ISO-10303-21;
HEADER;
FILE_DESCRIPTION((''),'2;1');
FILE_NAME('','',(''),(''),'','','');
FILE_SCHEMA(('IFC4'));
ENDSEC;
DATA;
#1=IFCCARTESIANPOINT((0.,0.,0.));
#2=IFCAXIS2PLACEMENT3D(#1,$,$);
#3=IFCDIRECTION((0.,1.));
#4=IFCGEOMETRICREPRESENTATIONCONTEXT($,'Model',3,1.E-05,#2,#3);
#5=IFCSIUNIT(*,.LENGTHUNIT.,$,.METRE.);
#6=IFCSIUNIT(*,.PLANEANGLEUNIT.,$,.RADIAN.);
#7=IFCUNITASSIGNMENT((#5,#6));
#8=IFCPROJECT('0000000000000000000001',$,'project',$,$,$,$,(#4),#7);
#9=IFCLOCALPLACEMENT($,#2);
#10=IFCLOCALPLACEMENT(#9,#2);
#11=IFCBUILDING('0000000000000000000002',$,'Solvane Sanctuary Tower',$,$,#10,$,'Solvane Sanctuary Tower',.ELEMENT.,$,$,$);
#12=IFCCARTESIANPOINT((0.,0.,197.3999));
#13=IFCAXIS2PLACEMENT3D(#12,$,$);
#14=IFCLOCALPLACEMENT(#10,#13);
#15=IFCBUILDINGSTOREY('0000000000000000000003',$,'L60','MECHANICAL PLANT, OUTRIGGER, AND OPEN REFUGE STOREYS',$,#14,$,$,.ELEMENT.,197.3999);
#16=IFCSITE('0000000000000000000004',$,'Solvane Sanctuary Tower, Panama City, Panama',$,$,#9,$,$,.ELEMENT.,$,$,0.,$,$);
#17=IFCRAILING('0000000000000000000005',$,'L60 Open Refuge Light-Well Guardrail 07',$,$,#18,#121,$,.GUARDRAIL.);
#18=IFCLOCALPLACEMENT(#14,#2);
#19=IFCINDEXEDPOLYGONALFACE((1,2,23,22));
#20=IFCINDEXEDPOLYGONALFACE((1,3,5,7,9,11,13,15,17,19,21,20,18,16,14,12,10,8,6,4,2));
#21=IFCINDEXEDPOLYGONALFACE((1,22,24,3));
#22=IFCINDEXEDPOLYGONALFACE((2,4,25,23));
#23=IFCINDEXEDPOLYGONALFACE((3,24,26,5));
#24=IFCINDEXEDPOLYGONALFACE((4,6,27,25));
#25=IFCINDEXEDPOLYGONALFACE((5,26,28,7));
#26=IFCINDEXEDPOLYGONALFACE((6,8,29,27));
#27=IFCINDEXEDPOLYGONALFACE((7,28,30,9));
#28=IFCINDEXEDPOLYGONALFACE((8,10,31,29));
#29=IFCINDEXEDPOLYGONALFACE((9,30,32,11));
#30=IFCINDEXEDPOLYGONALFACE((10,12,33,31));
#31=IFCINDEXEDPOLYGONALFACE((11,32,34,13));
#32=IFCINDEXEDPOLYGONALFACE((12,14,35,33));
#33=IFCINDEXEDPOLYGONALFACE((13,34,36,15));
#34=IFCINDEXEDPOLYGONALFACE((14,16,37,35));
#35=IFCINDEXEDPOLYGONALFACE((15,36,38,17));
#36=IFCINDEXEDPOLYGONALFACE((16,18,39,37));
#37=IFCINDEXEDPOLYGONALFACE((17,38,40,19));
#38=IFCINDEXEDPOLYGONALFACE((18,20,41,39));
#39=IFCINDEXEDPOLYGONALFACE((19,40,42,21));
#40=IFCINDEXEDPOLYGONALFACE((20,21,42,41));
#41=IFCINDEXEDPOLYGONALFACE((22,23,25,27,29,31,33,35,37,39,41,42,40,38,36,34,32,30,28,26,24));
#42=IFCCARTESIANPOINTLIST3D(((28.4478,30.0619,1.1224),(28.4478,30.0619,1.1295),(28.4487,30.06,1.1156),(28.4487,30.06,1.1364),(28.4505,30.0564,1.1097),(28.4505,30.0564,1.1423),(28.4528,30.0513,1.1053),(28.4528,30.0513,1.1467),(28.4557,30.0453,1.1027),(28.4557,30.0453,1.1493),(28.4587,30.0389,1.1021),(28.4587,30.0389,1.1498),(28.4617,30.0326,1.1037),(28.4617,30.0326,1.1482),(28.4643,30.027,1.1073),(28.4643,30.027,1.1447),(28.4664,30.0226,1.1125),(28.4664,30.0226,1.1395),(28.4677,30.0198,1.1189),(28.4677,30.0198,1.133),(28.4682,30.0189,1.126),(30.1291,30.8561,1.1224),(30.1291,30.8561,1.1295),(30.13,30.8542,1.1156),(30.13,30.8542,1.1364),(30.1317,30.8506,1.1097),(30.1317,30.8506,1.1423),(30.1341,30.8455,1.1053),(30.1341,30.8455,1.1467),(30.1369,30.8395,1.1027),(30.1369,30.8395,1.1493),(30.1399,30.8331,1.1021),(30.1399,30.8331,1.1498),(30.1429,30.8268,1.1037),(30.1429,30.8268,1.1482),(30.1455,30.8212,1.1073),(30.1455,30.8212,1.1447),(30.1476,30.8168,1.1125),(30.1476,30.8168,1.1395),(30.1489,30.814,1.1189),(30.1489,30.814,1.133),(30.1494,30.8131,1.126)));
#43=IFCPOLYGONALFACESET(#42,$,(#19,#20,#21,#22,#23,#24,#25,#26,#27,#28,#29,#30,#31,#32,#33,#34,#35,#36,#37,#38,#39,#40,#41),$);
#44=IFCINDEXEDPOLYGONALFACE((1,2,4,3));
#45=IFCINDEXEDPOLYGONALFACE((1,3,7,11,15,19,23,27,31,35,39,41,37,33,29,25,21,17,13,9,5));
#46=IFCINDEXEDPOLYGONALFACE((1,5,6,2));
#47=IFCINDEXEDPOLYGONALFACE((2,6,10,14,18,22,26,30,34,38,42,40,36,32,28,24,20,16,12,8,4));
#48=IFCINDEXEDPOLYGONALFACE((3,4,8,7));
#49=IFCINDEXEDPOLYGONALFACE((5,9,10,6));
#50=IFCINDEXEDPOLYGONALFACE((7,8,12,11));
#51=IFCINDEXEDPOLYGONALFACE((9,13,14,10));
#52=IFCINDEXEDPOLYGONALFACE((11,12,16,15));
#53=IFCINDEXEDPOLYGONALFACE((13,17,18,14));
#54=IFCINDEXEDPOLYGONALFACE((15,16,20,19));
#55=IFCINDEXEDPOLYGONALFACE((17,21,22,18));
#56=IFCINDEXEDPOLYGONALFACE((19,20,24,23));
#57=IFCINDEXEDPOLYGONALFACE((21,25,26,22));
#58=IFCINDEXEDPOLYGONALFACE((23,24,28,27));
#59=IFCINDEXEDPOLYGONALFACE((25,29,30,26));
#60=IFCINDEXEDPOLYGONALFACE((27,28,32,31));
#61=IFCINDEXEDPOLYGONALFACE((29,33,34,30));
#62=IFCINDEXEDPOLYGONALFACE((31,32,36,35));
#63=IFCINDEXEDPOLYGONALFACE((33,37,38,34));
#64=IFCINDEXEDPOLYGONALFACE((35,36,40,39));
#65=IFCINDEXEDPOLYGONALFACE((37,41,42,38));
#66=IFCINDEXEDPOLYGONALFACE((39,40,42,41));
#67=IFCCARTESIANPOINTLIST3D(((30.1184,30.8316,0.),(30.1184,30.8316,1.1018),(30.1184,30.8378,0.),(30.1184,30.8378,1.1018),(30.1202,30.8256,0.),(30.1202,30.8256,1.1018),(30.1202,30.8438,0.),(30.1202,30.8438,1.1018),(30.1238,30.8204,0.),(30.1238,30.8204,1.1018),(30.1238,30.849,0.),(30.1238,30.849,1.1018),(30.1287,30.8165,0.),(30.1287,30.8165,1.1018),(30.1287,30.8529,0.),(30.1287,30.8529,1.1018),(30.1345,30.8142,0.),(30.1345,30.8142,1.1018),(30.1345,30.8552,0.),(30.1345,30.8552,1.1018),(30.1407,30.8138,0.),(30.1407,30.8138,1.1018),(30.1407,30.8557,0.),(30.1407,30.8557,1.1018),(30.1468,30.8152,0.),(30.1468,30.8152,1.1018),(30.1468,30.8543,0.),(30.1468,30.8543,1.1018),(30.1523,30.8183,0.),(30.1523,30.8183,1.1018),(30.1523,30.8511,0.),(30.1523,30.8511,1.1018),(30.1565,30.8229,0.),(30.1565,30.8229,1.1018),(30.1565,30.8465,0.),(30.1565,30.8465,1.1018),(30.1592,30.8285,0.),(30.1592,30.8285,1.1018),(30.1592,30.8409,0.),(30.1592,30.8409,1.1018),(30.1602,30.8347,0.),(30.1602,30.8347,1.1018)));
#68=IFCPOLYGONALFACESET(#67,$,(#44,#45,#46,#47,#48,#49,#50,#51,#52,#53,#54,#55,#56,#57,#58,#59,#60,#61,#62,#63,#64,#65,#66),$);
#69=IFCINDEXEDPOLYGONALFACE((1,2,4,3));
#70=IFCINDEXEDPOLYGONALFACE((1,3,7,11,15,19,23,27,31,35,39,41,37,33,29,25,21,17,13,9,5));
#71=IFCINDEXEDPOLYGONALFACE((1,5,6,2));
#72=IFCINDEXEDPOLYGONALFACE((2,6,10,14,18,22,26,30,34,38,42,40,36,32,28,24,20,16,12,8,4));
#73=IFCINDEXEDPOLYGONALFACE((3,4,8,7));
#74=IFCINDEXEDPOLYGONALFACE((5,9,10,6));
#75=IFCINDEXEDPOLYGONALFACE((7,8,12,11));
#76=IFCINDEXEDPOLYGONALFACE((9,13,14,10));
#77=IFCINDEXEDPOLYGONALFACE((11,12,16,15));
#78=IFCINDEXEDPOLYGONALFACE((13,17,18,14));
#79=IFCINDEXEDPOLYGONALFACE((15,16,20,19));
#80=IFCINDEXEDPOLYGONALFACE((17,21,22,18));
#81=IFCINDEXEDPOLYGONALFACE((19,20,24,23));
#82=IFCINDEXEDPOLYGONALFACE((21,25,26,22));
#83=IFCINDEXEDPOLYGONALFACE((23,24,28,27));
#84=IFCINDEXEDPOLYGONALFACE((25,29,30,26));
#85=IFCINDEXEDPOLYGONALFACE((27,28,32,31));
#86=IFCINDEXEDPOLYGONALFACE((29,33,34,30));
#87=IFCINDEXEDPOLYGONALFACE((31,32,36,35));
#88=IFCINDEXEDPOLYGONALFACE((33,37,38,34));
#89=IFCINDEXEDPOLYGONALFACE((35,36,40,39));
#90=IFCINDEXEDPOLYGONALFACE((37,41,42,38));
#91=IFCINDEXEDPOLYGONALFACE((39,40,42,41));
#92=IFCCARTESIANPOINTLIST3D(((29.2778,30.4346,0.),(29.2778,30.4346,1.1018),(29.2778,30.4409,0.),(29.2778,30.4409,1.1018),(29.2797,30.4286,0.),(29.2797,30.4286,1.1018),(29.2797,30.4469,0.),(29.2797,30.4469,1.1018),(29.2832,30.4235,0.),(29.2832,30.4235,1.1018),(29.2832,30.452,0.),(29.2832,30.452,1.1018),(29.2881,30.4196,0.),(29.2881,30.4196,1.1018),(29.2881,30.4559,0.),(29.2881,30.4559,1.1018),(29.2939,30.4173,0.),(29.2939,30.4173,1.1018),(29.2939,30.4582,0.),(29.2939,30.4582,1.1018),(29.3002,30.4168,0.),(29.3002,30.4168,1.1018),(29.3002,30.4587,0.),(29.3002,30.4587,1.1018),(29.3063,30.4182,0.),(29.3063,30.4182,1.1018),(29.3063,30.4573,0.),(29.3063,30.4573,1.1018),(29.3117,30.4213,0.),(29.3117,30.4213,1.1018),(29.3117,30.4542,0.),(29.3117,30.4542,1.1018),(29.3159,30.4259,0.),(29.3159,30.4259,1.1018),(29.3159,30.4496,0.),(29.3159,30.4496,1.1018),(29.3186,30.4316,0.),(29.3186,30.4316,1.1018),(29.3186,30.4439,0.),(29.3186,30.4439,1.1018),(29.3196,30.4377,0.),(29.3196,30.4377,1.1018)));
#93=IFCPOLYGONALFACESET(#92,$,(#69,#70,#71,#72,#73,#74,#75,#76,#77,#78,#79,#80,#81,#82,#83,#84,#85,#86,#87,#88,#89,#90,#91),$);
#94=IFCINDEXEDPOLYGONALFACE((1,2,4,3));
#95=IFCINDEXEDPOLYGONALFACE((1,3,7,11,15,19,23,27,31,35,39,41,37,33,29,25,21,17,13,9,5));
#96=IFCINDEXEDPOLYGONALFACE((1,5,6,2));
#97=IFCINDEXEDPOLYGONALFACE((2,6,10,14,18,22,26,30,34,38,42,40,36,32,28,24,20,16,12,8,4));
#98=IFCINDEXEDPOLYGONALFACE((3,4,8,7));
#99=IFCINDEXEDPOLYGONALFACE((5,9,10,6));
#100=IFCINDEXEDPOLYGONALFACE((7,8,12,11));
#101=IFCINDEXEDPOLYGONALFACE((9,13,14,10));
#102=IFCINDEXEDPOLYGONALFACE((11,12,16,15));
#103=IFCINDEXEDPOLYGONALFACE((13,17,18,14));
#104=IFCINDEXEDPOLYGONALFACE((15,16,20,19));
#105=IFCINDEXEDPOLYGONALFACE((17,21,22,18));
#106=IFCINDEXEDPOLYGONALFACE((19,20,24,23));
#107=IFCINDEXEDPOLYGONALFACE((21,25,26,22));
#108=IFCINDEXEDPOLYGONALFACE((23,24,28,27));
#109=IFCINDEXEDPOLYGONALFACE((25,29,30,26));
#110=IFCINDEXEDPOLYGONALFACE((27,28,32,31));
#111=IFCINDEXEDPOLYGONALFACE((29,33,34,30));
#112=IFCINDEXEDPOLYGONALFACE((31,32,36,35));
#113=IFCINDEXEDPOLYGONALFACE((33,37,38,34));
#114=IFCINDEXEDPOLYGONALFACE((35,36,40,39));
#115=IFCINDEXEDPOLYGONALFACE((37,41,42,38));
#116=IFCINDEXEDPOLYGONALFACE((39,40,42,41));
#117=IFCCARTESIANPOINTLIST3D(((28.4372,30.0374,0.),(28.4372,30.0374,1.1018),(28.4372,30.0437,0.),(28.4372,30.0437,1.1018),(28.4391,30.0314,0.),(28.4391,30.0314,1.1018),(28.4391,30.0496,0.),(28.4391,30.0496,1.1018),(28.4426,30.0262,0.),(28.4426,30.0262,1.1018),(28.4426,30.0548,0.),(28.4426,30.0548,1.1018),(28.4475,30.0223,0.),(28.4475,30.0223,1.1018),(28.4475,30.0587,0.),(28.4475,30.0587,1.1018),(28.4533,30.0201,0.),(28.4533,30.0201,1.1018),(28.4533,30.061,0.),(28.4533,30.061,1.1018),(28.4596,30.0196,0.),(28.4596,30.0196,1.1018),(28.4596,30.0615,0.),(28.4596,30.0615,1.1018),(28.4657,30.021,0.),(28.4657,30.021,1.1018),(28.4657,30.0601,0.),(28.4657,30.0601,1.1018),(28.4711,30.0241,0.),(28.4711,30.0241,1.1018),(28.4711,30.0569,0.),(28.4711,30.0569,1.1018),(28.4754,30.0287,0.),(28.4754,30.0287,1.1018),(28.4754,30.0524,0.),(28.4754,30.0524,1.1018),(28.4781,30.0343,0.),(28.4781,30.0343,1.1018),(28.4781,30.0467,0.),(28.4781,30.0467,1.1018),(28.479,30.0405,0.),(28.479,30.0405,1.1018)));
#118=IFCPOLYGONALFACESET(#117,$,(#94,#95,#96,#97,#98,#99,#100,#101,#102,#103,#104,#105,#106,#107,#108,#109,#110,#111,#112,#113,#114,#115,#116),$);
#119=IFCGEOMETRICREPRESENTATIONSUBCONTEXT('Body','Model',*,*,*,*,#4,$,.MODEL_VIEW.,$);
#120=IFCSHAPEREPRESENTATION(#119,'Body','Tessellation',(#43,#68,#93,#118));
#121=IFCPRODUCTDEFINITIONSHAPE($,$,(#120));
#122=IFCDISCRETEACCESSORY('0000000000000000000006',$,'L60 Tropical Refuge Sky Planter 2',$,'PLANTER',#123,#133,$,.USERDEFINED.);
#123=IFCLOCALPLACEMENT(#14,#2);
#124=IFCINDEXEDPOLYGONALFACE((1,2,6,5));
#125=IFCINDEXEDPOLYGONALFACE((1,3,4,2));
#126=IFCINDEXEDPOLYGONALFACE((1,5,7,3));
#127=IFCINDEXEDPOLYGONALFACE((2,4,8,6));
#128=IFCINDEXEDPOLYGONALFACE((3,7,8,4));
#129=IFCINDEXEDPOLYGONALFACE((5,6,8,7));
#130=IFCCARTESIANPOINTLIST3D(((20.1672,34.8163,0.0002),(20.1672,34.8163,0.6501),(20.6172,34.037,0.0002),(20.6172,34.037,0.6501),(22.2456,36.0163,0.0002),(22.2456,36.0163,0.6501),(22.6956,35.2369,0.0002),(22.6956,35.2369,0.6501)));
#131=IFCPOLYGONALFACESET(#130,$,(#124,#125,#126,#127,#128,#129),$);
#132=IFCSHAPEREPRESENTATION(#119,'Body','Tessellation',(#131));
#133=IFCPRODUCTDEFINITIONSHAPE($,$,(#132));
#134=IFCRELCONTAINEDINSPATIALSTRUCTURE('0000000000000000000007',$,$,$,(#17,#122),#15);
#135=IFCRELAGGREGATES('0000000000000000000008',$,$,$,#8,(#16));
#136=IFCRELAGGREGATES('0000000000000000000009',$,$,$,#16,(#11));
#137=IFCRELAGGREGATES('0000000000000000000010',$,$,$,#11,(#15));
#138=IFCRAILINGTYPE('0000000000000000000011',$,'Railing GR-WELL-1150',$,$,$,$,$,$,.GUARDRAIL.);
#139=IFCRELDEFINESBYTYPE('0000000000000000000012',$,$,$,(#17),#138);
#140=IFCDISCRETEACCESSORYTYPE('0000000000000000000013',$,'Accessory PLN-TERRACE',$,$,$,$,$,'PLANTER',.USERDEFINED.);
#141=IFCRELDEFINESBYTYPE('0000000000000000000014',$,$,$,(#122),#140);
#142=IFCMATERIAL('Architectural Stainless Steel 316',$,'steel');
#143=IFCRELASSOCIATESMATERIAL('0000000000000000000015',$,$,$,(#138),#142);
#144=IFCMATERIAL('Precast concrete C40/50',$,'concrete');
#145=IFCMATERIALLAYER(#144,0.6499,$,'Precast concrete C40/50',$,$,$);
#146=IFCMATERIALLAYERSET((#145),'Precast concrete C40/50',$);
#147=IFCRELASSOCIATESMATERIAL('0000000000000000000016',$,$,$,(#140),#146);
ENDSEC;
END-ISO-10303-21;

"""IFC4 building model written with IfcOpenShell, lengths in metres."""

from ifc_helpers import new_model, si_unit, direction, frame, origin, origin_2d, place, context, subcontext, project, spatial, rectangle, circle, extrude, material, layer, layer_set, type_object, element, save


model = new_model("IFC4")

# Units and contexts
model_context = context("Model", 3, precision=1e-05, world=origin(), true_north=direction((0.0, 1.0)))
body_context = subcontext(model_context, "Body", "Model", "MODEL_VIEW")
ifc_project = project(units=[si_unit("LENGTHUNIT", "METRE"), si_unit("PLANEANGLEUNIT", "RADIAN")], contexts=[model_context])

# Site, building, storey
site_placement = place(None, origin())
site = spatial("IfcSite", under=ifc_project, at=site_placement, Name="Solvane Sanctuary Tower, Panama City, Panama", CompositionType="ELEMENT", RefElevation=0.0)
building_placement = place(site_placement, origin())
building = spatial("IfcBuilding", under=site, at=building_placement, Name="Solvane Sanctuary Tower", LongName="Solvane Sanctuary Tower", CompositionType="ELEMENT")
storey_placement = place(building_placement, frame((0.0, 0.0, 197.3999)))
storey = spatial("IfcBuildingStorey", under=building, at=storey_placement, Name="L60", Description="MECHANICAL PLANT, OUTRIGGER, AND OPEN REFUGE STOREYS", CompositionType="ELEMENT", Elevation=197.3999)

# Shared definitions
ifc_material_1 = material(Name="Architectural Stainless Steel 316", Category="steel")

# Railing
railing_type_1 = type_object("IfcRailingType", Name="Railing GR-WELL-1150", PredefinedType="GUARDRAIL", material=ifc_material_1)
railing_1_placement = place(storey_placement, frame((30.1392, 30.8347, 0.0)))
element("IfcRailing", 1, at=railing_1_placement, inside=storey, type_object=railing_type_1, Name="L60 Open Refuge Light-Well Guardrail 07", PredefinedType="GUARDRAIL", context=body_context, shape_type="SweptSolid", body=[
    extrude(circle(Radius=0.0239, at=origin_2d()), frame((0.0, 0.0, 1.126), z_axis=(-0.904184, -0.427143, 0.0), x_axis=(0.427143, -0.904184, 0.0)), (0.0, 0.0, 1.0), 1.8594),
    extrude(circle(Radius=0.021, at=origin_2d()), origin(), (0.0, 0.0, 1.0), 1.1018),
    extrude(circle(Radius=0.021, at=origin_2d()), frame((-0.8406, -0.397, 0.0)), (0.0, 0.0, 1.0), 1.1018),
    extrude(circle(Radius=0.021, at=origin_2d()), frame((-1.6812, -0.7942, 0.0)), (0.0, 0.0, 1.0), 1.1018),
])

# Discrete accessory
ifc_material_2 = material(Name="Precast concrete C40/50", Category="concrete")
ifc_layer_1 = layer(ifc_material_2, 0.6499, Name="Precast concrete C40/50")
ifc_layer_set_1 = layer_set([ifc_layer_1], Name="Precast concrete C40/50")
discrete_accessory_type = type_object("IfcDiscreteAccessoryType", Name="Accessory PLN-TERRACE", ElementType="PLANTER", PredefinedType="USERDEFINED", material=ifc_layer_set_1)
discrete_accessory_placement = place(storey_placement, frame((21.4314, 35.0266, 0.0002), z_axis=(0.0, 0.0, 1.0), x_axis=(-0.866025, -0.5, 0.0)))
element("IfcDiscreteAccessory", 2, at=discrete_accessory_placement, inside=storey, type_object=discrete_accessory_type, Name="L60 Tropical Refuge Sky Planter 2", ObjectType="PLANTER", PredefinedType="USERDEFINED", context=body_context, shape_type="SweptSolid", body=[
    extrude(rectangle(XDim=2.3999, YDim=0.8999, at=origin_2d()), origin(), (0.0, 0.0, 1.0), 0.6499),
])

save(model, "model.ifc")
